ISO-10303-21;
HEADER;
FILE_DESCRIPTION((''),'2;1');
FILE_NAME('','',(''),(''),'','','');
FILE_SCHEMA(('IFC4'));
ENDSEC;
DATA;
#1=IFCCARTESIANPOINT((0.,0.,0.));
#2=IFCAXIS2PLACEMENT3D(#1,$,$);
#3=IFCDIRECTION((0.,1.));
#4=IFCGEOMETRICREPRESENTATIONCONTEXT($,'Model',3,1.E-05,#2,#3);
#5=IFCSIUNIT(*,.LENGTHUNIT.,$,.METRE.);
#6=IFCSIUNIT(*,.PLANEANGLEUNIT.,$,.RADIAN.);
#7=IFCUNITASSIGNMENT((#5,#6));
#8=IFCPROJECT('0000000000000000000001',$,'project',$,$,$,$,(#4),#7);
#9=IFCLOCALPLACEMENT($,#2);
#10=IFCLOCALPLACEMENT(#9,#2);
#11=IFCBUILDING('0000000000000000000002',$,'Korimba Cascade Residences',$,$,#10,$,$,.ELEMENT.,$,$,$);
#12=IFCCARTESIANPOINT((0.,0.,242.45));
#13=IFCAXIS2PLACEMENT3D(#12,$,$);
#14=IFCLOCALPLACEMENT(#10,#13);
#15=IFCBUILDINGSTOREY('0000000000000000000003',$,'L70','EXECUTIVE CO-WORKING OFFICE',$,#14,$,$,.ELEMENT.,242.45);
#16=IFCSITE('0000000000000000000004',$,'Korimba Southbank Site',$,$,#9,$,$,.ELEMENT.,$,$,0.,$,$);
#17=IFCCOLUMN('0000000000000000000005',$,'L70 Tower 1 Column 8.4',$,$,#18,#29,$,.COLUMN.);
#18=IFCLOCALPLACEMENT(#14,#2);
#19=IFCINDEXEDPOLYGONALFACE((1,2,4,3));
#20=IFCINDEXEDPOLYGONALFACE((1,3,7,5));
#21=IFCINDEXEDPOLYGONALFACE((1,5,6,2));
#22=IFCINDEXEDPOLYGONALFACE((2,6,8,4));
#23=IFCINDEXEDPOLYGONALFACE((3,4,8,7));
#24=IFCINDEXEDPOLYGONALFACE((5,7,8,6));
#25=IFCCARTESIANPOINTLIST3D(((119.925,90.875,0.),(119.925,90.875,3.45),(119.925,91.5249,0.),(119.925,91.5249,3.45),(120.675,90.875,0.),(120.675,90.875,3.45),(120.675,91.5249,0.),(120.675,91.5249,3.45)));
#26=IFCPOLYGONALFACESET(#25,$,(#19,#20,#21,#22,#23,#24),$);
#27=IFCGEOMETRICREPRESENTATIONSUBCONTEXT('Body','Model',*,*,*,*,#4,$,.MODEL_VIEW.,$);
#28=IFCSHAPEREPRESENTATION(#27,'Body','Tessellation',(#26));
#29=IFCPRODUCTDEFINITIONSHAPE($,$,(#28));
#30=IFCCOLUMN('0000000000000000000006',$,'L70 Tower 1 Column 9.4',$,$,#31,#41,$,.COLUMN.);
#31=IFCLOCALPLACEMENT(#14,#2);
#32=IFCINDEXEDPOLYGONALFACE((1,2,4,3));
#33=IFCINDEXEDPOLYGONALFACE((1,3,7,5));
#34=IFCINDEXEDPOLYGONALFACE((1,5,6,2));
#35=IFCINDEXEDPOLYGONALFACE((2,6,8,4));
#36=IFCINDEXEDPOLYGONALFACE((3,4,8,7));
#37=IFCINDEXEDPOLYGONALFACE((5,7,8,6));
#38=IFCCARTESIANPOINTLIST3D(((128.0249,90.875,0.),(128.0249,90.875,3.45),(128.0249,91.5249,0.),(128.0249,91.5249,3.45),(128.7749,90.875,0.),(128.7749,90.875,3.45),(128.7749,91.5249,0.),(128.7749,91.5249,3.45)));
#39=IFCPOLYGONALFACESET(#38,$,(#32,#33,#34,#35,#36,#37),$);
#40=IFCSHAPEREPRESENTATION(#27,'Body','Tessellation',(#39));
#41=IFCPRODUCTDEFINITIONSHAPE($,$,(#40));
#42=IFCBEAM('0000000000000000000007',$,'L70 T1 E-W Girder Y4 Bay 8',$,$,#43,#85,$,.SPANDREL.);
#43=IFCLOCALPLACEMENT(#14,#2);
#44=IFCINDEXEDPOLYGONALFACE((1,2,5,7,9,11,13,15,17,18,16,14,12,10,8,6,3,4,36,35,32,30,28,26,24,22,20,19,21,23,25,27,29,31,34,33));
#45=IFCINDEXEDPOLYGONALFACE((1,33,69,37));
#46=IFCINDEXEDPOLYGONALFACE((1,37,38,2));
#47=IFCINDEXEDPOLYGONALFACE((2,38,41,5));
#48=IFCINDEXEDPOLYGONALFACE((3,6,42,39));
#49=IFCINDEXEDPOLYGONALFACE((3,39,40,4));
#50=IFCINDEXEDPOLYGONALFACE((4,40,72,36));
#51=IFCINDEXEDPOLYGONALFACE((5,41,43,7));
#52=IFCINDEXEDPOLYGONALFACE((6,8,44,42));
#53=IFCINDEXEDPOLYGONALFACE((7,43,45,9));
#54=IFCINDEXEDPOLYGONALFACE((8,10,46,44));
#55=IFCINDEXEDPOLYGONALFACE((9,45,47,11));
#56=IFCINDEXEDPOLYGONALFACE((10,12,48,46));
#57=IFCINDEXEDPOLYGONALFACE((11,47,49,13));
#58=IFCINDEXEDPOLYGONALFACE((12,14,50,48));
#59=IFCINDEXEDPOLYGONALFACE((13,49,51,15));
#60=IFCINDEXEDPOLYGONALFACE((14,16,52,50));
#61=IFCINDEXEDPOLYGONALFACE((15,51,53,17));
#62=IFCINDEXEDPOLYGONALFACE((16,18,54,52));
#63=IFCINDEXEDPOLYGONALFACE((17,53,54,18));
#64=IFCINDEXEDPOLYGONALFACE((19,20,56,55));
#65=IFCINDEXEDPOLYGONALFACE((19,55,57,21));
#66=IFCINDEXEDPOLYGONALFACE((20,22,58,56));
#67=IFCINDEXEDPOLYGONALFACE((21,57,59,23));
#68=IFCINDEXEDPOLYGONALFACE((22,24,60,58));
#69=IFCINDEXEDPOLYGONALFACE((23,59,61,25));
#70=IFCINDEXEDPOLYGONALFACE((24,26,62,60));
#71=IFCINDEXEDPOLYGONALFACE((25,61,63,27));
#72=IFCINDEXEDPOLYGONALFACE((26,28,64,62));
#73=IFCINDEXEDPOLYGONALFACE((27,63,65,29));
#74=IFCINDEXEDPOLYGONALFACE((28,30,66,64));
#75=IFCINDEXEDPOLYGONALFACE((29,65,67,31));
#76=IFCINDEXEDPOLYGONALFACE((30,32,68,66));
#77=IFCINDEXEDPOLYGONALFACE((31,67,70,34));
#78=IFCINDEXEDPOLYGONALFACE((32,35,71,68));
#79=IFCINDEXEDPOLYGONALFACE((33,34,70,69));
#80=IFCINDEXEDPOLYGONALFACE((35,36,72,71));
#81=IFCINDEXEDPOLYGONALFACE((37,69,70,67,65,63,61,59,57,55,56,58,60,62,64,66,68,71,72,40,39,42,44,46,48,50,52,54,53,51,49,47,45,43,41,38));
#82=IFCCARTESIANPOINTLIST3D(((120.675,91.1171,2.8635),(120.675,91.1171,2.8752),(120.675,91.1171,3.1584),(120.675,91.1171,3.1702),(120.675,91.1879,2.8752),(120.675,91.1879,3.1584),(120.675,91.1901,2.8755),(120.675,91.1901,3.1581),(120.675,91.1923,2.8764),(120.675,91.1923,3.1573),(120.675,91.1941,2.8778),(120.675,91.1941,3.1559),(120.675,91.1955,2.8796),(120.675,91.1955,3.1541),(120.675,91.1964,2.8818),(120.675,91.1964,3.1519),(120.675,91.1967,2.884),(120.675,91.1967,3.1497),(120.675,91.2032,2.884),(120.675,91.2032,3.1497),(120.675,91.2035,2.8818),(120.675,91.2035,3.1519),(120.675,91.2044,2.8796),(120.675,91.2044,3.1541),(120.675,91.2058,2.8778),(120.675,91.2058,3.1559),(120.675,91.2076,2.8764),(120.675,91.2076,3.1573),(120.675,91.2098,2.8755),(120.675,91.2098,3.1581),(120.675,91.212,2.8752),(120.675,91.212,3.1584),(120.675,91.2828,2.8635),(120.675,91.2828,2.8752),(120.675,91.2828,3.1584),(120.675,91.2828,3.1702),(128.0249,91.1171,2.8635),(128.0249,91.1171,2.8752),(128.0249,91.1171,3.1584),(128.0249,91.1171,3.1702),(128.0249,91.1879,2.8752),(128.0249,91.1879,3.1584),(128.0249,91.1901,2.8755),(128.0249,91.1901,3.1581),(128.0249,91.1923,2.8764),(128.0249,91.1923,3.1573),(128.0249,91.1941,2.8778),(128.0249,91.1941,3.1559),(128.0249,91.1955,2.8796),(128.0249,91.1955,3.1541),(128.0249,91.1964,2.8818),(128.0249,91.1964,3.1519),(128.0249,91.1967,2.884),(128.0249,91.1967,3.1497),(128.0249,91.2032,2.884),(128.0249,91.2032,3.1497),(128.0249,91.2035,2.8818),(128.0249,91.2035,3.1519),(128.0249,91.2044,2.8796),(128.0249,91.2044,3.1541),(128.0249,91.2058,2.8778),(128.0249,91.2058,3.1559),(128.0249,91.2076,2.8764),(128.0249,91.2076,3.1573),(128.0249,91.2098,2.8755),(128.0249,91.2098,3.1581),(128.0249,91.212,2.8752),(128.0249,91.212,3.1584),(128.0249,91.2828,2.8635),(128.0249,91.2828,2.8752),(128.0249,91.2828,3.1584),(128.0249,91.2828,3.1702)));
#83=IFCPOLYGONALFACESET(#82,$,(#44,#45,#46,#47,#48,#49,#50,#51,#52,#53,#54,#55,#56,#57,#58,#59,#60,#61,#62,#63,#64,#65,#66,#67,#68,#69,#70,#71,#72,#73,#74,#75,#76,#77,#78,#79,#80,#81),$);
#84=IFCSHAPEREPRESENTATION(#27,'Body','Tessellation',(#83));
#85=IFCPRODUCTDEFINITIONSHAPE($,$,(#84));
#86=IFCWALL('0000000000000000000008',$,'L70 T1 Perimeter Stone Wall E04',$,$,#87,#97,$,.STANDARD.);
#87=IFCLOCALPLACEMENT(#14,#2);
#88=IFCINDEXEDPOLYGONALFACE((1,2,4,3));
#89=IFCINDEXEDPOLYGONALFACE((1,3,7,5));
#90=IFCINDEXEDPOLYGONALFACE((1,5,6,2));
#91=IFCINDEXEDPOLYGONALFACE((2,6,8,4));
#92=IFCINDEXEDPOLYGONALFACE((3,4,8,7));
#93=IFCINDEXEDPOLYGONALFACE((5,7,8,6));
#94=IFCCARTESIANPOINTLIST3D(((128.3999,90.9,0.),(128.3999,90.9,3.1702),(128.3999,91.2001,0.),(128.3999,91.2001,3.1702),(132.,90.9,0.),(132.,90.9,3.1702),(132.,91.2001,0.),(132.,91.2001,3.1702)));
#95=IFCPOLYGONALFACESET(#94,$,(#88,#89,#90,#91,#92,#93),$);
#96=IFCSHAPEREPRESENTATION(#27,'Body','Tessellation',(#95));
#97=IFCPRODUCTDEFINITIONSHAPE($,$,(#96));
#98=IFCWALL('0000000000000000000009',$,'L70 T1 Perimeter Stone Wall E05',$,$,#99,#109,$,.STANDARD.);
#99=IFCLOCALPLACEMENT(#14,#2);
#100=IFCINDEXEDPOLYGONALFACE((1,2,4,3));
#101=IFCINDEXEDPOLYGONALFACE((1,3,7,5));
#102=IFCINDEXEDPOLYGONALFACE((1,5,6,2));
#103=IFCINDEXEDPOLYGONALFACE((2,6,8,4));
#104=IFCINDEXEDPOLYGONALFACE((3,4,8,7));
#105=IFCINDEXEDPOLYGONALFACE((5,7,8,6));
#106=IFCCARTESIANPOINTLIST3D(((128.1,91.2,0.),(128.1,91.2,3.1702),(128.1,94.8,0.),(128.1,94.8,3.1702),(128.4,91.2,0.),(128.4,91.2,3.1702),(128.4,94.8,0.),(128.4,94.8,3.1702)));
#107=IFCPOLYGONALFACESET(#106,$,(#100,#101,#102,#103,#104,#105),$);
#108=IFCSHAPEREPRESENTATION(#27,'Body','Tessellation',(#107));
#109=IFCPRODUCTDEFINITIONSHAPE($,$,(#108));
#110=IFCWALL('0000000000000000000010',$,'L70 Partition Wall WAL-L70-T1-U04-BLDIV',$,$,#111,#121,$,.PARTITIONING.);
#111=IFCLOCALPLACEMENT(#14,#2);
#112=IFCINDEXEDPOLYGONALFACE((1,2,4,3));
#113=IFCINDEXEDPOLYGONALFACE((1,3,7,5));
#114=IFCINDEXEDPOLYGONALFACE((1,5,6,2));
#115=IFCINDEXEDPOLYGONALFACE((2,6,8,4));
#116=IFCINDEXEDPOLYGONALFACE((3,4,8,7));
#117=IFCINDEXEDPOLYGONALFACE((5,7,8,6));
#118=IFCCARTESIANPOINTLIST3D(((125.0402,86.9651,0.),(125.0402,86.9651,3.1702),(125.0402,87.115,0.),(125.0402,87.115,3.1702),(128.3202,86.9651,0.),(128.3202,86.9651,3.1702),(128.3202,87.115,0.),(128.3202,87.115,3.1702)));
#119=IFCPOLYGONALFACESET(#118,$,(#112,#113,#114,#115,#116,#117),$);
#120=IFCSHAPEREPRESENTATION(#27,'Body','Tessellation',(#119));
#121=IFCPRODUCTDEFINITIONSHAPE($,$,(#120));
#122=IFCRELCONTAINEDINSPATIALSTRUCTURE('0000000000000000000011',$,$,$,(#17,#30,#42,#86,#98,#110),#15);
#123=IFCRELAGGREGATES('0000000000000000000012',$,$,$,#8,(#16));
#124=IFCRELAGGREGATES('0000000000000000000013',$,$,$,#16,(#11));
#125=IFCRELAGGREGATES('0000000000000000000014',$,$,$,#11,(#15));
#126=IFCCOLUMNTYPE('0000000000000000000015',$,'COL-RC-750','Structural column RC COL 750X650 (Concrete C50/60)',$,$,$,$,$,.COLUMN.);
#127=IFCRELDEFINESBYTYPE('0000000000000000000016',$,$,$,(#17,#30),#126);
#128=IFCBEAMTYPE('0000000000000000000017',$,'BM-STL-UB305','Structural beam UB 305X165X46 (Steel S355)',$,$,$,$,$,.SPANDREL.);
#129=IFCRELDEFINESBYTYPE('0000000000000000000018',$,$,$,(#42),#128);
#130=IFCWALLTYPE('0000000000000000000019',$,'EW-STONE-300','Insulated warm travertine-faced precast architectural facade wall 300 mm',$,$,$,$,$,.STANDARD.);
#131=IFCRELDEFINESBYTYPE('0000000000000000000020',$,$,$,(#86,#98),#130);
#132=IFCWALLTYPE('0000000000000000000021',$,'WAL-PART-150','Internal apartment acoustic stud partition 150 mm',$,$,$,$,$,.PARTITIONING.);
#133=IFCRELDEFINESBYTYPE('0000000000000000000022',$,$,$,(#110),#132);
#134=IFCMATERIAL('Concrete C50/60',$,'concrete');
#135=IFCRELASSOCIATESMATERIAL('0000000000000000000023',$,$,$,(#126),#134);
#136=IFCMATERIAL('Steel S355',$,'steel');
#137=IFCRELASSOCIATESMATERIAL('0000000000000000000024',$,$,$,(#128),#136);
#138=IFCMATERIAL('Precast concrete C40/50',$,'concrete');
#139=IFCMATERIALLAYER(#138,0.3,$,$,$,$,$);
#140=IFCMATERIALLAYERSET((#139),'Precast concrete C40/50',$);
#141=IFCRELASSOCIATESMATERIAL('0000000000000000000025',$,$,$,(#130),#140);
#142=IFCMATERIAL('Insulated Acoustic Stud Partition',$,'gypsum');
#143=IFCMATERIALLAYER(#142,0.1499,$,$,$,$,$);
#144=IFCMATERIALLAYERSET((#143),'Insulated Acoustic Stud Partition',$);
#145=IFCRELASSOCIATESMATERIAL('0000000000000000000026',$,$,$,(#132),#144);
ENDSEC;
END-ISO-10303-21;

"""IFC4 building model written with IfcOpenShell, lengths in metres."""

from ifc_helpers import new_model, si_unit, direction, frame, frame_2d, origin, origin_2d, place, context, subcontext, project, spatial, rectangle, i_section, extrude, material, layer, layer_set, material_profile, profile_set, type_object, element, save


model = new_model("IFC4")

# Units and contexts
model_context = context("Model", 3, precision=1e-05, world=origin(), true_north=direction((0.0, 1.0)))
body_context = subcontext(model_context, "Body", "Model", "MODEL_VIEW")
ifc_project = project(units=[si_unit("LENGTHUNIT", "METRE"), si_unit("PLANEANGLEUNIT", "RADIAN")], contexts=[model_context])

# Site, building, storey
site_placement = place(None, origin())
site = spatial("IfcSite", under=ifc_project, at=site_placement, Name="Korimba Southbank Site", CompositionType="ELEMENT", RefElevation=0.0)
building_placement = place(site_placement, origin())
building = spatial("IfcBuilding", under=site, at=building_placement, Name="Korimba Cascade Residences", CompositionType="ELEMENT")
storey_placement = place(building_placement, frame((0.0, 0.0, 242.45)))
storey = spatial("IfcBuildingStorey", under=building, at=storey_placement, Name="L70", Description="EXECUTIVE CO-WORKING OFFICE", CompositionType="ELEMENT", Elevation=242.45)

# Columns
ifc_material_1 = material(Name="Concrete C50/60", Category="concrete")
ifc_material_profile_1 = material_profile(ifc_material_1, rectangle(XDim=0.75, YDim=0.6499, at=origin_2d()), Name="Concrete C50/60")
ifc_profile_set_1 = profile_set([ifc_material_profile_1], Name="Concrete C50/60")
column_type = type_object("IfcColumnType", Name="COL-RC-750", Description="Structural column RC COL 750X650 (Concrete C50/60)", PredefinedType="COLUMN", material=ifc_profile_set_1)
for number, where, z_axis, x_axis, name in (
    (1, (120.3, 91.2, 0.0), (0.0, 0.0, 1.0), (1.0, 0.0, 0.0), "L70 Tower 1 Column 8.4"),
    (2, (128.3999, 91.2, 0.0), (0.0, 0.0, 1.0), (1.0, 0.0, 0.0), "L70 Tower 1 Column 9.4"),
):
    element("IfcColumn", number, at=place(storey_placement, frame(where, z_axis=z_axis, x_axis=x_axis)), inside=storey, type_object=column_type, Name=name, PredefinedType="COLUMN", context=body_context, shape_type="SweptSolid", body=[
        extrude(rectangle(XDim=0.75, YDim=0.6499, at=origin_2d()), origin(), (0.0, 0.0, 1.0), 3.45),
    ])

# Beam
ifc_material_2 = material(Name="Steel S355", Category="steel")
ifc_material_profile_2 = material_profile(ifc_material_2, i_section(OverallWidth=0.1658, OverallDepth=0.3066, WebThickness=0.0066, FlangeThickness=0.0117, FilletRadius=0.0088, at=origin_2d()), Name="Steel S355")
ifc_profile_set_2 = profile_set([ifc_material_profile_2], Name="Steel S355")
beam_type = type_object("IfcBeamType", Name="BM-STL-UB305", Description="Structural beam UB 305X165X46 (Steel S355)", PredefinedType="SPANDREL", material=ifc_profile_set_2)
beam_placement = place(storey_placement, frame((120.675, 91.2, 3.0168), z_axis=(1.0, 0.0, 0.0), x_axis=(0.0, 1.0, 0.0)))
element("IfcBeam", 3, at=beam_placement, inside=storey, type_object=beam_type, Name="L70 T1 E-W Girder Y4 Bay 8", PredefinedType="SPANDREL", context=body_context, shape_type="SweptSolid", body=[
    extrude(i_section(OverallWidth=0.1658, OverallDepth=0.3066, WebThickness=0.0066, FlangeThickness=0.0117, FilletRadius=0.0088, at=origin_2d()), origin(), (0.0, 0.0, 1.0), 7.3499),
])

# Shared definitions
ifc_material_3 = material(Name="Precast concrete C40/50", Category="concrete")

# Walls
ifc_layer_1 = layer(ifc_material_3, 0.3)
ifc_layer_set_1 = layer_set([ifc_layer_1], Name="Precast concrete C40/50")
wall_type_1 = type_object("IfcWallType", Name="EW-STONE-300", Description="Insulated warm travertine-faced precast architectural facade wall 300 mm", PredefinedType="STANDARD", material=ifc_layer_set_1)
for number, where, z_axis, x_axis, name in (
    (4, (132.0, 91.05, 0.0), (0.0, 0.0, 1.0), (-1.0, 0.0, 0.0), "L70 T1 Perimeter Stone Wall E04"),
    (5, (128.25, 91.2, 0.0), (0.0, 0.0, 1.0), (0.0, 1.0, 0.0), "L70 T1 Perimeter Stone Wall E05"),
):
    element("IfcWall", number, at=place(storey_placement, frame(where, z_axis=z_axis, x_axis=x_axis)), inside=storey, type_object=wall_type_1, Name=name, PredefinedType="STANDARD", context=body_context, shape_type="SweptSolid", body=[
        extrude(rectangle(XDim=3.6001, YDim=0.3, at=frame_2d((1.8, 0.0))), origin(), (0.0, 0.0, 1.0), 3.1702),
    ])
ifc_material_4 = material(Name="Insulated Acoustic Stud Partition", Category="gypsum")
ifc_layer_2 = layer(ifc_material_4, 0.1499)
ifc_layer_set_2 = layer_set([ifc_layer_2], Name="Insulated Acoustic Stud Partition")
wall_type_2 = type_object("IfcWallType", Name="WAL-PART-150", Description="Internal apartment acoustic stud partition 150 mm", PredefinedType="PARTITIONING", material=ifc_layer_set_2)
wall_1_placement = place(storey_placement, frame((125.04, 87.04, 0.0), z_axis=(0.0, 0.0, 1.0), x_axis=(1.0, 0.0, 0.0)))
element("IfcWall", 6, at=wall_1_placement, inside=storey, type_object=wall_type_2, Name="L70 Partition Wall WAL-L70-T1-U04-BLDIV", PredefinedType="PARTITIONING", context=body_context, shape_type="SweptSolid", body=[
    extrude(rectangle(XDim=3.28, YDim=0.1499, at=frame_2d((1.6401, 0.0))), origin(), (0.0, 0.0, 1.0), 3.1702),
])

save(model, "model.ifc")
